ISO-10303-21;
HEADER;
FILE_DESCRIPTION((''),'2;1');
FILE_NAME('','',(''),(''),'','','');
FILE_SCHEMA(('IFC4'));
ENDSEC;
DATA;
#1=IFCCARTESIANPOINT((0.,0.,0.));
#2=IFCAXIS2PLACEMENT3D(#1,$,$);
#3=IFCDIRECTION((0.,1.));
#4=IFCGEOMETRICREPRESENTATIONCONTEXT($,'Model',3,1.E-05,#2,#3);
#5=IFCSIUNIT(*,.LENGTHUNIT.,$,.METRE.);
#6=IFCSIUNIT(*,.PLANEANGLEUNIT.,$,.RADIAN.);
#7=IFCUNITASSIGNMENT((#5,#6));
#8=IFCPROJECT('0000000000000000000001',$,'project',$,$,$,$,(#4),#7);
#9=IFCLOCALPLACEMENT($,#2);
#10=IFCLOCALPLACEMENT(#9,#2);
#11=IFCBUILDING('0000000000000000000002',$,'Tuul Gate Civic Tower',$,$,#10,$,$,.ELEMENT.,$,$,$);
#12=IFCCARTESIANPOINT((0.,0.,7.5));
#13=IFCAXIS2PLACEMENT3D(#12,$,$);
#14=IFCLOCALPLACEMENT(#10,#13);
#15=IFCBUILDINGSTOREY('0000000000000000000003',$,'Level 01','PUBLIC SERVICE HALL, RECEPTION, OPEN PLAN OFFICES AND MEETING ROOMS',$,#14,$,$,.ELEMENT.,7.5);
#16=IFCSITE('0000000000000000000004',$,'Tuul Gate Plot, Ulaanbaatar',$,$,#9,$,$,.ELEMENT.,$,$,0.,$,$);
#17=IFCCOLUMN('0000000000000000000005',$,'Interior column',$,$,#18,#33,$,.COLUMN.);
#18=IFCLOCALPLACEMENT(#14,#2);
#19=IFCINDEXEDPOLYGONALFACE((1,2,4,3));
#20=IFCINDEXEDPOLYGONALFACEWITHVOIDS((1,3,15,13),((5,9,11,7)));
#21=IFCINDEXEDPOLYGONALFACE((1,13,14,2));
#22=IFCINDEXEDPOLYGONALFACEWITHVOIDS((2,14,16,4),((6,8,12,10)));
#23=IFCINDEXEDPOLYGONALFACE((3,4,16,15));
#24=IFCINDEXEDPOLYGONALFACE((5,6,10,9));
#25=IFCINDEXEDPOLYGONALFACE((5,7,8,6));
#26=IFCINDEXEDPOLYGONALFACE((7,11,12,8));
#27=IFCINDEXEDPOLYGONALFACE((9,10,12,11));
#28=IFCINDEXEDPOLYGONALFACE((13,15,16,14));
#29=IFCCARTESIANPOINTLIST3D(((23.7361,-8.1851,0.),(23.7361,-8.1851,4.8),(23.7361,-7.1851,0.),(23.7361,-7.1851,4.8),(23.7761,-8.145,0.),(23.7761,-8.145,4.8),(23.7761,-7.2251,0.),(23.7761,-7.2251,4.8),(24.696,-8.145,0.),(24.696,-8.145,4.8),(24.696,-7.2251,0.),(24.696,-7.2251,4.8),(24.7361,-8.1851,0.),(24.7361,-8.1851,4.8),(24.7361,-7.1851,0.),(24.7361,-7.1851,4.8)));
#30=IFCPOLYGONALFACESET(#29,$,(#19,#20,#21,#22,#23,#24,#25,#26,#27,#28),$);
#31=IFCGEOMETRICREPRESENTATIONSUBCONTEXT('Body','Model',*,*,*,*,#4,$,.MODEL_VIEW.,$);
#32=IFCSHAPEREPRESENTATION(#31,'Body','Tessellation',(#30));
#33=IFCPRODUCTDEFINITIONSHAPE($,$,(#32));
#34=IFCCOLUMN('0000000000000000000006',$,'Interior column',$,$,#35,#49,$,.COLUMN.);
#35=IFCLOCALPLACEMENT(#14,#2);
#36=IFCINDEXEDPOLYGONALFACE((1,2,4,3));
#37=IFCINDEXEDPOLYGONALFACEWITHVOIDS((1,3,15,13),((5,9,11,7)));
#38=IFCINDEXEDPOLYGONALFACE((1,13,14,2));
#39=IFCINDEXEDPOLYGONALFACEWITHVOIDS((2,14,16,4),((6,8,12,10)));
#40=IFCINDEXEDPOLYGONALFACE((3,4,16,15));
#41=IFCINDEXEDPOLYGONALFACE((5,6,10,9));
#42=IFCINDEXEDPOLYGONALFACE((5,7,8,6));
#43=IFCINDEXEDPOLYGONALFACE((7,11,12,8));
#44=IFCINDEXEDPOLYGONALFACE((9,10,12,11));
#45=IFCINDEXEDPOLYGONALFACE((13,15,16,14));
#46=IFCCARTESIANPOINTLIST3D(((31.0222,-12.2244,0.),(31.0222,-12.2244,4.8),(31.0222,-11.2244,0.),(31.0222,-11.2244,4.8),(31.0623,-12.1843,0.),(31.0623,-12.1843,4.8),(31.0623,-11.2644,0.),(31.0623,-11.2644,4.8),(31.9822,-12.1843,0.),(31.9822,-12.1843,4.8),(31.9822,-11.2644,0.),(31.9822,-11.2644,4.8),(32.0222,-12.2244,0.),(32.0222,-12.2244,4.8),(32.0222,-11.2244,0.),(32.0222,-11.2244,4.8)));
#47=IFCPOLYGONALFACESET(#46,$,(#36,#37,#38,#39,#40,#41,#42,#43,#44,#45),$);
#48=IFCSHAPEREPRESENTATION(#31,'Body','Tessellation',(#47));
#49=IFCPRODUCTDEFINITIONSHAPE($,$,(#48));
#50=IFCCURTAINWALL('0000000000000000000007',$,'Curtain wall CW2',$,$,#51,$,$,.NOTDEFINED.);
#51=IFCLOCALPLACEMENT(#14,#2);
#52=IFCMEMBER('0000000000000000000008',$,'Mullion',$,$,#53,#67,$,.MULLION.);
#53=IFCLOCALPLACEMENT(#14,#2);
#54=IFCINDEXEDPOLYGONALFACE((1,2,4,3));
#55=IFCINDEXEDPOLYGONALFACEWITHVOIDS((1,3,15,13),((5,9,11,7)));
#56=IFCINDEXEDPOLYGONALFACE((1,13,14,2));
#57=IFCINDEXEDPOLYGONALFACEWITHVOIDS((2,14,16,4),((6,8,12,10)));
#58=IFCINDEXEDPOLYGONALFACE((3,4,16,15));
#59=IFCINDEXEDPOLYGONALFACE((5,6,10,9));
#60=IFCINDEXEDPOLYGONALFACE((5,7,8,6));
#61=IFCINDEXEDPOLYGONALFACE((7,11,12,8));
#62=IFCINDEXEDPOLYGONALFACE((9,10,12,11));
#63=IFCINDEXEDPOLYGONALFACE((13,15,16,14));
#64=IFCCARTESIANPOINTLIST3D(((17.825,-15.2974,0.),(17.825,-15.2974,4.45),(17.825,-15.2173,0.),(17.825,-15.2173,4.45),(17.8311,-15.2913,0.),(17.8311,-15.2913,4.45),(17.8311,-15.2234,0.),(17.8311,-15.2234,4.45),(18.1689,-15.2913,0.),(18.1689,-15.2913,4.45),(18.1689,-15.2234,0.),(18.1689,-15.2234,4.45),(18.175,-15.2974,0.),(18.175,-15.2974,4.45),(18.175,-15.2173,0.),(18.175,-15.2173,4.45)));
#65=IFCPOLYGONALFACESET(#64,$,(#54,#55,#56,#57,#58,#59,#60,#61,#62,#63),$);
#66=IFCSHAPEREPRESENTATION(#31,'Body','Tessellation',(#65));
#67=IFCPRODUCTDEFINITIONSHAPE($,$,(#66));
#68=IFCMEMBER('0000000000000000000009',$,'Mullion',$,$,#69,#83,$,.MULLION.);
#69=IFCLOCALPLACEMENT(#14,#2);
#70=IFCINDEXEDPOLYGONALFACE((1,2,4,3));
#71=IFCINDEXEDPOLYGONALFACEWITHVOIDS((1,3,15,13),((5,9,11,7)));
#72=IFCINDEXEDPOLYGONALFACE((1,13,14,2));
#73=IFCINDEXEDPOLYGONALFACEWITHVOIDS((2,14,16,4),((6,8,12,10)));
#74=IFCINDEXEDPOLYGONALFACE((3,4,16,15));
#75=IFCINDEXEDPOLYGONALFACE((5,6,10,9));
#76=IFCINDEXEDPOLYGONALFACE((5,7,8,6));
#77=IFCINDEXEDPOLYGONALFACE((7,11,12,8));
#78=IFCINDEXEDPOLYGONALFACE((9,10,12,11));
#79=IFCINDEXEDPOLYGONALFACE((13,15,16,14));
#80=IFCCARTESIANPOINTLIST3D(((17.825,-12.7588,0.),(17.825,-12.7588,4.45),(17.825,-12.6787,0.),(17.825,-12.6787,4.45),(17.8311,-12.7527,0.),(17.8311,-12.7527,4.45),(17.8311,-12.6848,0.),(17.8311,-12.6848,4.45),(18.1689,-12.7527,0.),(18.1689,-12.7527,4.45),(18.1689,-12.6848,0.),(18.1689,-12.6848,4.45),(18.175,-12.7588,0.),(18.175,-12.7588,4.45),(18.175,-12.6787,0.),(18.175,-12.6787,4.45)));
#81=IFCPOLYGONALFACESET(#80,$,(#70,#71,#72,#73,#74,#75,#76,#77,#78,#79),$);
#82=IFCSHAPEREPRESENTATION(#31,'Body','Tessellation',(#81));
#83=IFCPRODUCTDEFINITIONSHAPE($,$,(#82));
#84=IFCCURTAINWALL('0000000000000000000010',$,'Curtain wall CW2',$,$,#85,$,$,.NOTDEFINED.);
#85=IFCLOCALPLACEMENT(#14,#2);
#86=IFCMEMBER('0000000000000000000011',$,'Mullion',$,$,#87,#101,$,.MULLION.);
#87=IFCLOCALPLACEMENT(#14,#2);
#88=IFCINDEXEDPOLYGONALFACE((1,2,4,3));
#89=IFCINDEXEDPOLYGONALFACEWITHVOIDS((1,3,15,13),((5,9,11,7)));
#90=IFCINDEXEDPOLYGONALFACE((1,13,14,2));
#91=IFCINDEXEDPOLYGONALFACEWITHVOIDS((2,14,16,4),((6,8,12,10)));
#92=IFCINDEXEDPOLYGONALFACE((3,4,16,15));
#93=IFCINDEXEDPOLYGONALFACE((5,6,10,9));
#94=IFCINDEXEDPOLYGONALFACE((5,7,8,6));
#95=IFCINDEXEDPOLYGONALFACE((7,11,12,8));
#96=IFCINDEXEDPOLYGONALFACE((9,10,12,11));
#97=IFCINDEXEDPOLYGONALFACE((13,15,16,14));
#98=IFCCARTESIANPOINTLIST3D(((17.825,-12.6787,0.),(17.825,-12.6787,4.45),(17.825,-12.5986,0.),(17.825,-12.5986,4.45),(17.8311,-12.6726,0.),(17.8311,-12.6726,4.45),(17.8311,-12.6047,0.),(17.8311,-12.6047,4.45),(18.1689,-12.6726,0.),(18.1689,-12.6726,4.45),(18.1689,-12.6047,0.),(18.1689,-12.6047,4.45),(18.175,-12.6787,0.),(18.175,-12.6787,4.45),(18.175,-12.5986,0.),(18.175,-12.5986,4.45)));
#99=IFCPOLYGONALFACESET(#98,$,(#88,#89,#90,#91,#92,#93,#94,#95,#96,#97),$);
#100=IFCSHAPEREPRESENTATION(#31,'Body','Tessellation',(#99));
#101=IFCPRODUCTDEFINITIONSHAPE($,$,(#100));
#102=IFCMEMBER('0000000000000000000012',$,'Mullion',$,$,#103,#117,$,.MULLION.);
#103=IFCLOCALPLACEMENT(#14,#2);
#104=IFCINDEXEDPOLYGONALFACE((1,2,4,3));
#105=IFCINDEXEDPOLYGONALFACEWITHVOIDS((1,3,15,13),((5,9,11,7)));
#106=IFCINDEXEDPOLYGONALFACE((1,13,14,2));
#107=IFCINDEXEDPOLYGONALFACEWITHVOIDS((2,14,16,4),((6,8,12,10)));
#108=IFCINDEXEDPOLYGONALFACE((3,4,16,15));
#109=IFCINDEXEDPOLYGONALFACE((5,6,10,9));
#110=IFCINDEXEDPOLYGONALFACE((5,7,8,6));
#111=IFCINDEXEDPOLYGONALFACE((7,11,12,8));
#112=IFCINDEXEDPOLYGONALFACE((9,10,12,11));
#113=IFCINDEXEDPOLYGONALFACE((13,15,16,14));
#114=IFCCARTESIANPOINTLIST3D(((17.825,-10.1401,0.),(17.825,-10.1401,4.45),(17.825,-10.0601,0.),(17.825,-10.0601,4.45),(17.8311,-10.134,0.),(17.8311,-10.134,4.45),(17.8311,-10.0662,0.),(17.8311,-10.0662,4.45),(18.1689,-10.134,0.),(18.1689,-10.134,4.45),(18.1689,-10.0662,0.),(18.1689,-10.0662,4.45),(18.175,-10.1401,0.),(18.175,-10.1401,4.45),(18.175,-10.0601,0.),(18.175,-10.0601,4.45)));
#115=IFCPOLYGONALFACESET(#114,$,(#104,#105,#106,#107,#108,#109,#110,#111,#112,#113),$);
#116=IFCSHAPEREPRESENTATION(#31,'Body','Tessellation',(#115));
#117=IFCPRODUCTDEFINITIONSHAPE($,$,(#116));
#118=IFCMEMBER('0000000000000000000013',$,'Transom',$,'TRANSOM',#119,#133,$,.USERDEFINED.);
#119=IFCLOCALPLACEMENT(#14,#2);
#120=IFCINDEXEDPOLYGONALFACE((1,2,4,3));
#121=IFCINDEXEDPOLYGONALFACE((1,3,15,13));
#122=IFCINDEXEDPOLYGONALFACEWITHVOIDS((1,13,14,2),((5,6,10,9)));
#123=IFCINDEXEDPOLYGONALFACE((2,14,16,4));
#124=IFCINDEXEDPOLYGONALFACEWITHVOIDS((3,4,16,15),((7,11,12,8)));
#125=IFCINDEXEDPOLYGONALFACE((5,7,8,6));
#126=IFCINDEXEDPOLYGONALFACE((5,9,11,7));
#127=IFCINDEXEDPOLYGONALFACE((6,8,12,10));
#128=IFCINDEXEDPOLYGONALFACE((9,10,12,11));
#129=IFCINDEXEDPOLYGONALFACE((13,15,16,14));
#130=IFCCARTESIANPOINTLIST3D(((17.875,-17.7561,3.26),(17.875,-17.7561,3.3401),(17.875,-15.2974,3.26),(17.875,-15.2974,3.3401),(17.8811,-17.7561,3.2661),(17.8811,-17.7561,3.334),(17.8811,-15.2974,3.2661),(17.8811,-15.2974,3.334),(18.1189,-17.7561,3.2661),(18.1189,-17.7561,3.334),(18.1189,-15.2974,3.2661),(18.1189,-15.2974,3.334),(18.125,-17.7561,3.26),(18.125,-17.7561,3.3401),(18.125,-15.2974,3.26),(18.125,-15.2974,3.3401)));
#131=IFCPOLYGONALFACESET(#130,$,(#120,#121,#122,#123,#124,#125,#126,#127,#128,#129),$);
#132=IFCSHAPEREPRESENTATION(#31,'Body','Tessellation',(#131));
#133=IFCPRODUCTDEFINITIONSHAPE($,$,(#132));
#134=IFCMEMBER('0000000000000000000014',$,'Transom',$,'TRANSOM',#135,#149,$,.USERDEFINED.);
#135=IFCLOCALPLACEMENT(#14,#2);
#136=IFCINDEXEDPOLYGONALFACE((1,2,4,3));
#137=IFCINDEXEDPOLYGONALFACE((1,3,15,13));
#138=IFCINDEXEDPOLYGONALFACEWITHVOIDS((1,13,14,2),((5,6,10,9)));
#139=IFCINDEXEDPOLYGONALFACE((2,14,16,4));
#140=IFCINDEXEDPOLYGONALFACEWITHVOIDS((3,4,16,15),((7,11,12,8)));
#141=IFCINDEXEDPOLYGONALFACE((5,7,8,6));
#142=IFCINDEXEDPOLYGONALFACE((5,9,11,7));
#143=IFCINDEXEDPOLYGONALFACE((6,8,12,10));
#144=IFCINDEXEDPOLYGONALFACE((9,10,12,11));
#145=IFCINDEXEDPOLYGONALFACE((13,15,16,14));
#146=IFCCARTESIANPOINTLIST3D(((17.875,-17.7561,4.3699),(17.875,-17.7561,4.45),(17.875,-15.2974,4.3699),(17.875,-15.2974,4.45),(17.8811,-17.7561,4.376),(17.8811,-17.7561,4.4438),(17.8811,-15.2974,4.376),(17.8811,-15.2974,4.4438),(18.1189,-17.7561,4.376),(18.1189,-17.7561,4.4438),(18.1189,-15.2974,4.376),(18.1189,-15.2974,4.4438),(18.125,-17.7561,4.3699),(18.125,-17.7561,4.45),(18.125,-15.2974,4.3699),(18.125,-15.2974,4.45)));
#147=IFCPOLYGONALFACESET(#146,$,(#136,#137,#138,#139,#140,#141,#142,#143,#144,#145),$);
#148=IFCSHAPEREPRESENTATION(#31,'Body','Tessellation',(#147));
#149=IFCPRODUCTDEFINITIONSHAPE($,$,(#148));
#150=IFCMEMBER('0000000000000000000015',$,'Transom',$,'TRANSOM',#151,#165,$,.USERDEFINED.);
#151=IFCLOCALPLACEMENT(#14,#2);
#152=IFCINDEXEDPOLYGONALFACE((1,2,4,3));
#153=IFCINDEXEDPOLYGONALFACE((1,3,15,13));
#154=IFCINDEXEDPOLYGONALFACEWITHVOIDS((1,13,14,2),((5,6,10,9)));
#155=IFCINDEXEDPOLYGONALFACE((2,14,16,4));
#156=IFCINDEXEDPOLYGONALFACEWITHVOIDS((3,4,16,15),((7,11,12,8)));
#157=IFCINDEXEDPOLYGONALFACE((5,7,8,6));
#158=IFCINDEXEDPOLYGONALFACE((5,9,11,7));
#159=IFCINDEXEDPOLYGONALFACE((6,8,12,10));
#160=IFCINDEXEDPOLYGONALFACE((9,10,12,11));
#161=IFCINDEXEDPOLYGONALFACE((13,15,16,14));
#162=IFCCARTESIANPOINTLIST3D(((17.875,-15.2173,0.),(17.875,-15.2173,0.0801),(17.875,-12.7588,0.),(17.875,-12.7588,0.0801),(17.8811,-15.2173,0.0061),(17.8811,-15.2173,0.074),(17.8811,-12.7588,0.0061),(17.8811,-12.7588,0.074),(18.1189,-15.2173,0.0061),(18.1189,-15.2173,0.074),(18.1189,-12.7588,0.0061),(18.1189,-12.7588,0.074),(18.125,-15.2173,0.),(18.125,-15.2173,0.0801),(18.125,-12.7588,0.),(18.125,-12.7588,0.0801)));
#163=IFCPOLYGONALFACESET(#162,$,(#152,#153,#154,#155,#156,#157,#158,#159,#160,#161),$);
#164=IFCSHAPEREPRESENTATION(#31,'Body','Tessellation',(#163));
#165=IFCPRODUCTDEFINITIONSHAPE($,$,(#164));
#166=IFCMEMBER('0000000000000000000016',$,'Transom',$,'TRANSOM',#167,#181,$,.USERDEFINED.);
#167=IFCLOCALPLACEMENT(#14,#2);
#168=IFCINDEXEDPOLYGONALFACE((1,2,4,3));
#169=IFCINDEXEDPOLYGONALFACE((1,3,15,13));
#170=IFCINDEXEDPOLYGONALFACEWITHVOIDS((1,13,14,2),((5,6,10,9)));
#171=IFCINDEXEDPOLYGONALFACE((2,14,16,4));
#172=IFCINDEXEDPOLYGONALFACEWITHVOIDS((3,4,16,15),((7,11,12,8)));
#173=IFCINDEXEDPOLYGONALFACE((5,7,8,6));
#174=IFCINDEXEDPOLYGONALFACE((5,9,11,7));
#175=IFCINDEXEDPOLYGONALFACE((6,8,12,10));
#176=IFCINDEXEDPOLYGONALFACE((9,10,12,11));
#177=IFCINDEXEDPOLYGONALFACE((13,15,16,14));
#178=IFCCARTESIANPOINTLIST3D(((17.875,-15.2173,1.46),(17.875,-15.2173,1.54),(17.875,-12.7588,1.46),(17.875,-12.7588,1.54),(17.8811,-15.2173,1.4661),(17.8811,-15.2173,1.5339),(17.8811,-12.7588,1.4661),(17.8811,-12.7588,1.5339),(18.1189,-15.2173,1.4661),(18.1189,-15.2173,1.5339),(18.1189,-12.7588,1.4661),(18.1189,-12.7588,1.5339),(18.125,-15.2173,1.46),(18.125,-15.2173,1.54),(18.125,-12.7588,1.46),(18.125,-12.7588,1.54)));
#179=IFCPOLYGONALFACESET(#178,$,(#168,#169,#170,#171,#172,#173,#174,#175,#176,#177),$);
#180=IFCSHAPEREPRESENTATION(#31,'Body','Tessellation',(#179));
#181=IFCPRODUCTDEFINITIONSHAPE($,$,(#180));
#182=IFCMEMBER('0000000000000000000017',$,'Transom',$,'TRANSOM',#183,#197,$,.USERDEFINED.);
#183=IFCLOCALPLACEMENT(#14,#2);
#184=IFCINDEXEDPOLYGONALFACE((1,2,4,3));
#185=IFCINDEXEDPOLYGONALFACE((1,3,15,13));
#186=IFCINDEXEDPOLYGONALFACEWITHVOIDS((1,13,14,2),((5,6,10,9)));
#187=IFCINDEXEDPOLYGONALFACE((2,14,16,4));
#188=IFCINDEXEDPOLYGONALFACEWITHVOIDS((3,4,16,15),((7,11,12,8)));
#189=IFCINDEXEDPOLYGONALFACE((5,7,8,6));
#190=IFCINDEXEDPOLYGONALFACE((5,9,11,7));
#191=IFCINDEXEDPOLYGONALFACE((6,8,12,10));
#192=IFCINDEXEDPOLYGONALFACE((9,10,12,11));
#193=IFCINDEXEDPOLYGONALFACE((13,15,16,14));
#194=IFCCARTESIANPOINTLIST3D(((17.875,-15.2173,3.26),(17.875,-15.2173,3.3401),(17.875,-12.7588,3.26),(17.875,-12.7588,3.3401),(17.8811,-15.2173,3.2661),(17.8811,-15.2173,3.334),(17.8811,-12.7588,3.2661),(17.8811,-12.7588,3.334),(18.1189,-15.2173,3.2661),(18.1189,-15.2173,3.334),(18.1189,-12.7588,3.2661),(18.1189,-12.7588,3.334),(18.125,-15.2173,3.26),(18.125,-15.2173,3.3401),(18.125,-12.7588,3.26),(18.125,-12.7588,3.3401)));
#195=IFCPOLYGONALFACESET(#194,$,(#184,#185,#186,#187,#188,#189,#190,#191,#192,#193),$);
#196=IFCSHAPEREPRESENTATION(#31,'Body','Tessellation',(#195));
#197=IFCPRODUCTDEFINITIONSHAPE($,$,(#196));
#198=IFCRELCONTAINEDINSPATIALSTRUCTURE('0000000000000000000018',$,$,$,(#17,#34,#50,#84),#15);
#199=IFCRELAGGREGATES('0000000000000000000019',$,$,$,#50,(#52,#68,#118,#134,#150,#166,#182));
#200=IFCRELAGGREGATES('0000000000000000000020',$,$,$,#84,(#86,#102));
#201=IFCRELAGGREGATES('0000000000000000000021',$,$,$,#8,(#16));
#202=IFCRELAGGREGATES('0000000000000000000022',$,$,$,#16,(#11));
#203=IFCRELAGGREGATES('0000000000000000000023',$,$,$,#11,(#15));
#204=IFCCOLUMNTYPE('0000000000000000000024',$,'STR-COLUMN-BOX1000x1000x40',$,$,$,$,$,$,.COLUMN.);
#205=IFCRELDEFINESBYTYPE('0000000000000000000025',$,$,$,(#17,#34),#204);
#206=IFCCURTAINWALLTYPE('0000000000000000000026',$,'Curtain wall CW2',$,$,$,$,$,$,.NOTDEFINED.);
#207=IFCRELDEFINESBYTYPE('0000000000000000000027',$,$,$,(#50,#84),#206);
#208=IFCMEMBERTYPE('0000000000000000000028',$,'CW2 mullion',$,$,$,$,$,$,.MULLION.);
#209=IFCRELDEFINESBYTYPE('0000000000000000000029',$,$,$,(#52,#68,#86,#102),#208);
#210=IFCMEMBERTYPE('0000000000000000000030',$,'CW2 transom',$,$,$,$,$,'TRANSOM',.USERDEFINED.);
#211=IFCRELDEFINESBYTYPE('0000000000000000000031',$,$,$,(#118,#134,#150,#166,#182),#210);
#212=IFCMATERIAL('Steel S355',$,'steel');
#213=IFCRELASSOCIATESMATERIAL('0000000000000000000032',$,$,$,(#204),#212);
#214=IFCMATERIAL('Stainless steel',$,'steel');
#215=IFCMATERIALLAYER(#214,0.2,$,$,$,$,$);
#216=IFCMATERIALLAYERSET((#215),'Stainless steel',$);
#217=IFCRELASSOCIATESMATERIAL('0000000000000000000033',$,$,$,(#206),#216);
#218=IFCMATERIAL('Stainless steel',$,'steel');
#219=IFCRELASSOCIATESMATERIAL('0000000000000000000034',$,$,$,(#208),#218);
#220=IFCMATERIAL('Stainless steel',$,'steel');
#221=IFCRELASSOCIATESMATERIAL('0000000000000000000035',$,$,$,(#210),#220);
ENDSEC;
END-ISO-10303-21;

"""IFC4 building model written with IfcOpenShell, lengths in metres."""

from ifc_helpers import new_model, si_unit, direction, frame, origin, origin_2d, place, context, subcontext, project, spatial, hollow_rectangle, extrude, material, layer, layer_set, material_profile, profile_set, type_object, element, aggregate, save


model = new_model("IFC4")

# Units and contexts
model_context = context("Model", 3, precision=1e-05, world=origin(), true_north=direction((0.0, 1.0)))
body_context = subcontext(model_context, "Body", "Model", "MODEL_VIEW")
ifc_project = project(units=[si_unit("LENGTHUNIT", "METRE"), si_unit("PLANEANGLEUNIT", "RADIAN")], contexts=[model_context])

# Site, building, storey
site_placement = place(None, origin())
site = spatial("IfcSite", under=ifc_project, at=site_placement, Name="Tuul Gate Plot, Ulaanbaatar", CompositionType="ELEMENT", RefElevation=0.0)
building_placement = place(site_placement, origin())
building = spatial("IfcBuilding", under=site, at=building_placement, Name="Tuul Gate Civic Tower", CompositionType="ELEMENT")
storey_placement = place(building_placement, frame((0.0, 0.0, 7.5)))
storey = spatial("IfcBuildingStorey", under=building, at=storey_placement, Name="Level 01", Description="PUBLIC SERVICE HALL, RECEPTION, OPEN PLAN OFFICES AND MEETING ROOMS", CompositionType="ELEMENT", Elevation=7.5)

# Columns
ifc_material_1 = material(Name="Steel S355", Category="steel")
ifc_material_profile_1 = material_profile(ifc_material_1, hollow_rectangle(XDim=1.0, YDim=1.0, WallThickness=0.04, at=origin_2d()), Name="BOX1000x1000x40")
ifc_profile_set_1 = profile_set([ifc_material_profile_1], Name="Steel S355")
column_type = type_object("IfcColumnType", Name="STR-COLUMN-BOX1000x1000x40", PredefinedType="COLUMN", material=ifc_profile_set_1)
for number, where, z_axis, x_axis, name in (
    (1, (24.2361, -7.6851, 0.0), (0.0, 0.0, 1.0), (1.0, 0.0, 0.0), "Interior column"),
    (2, (31.5222, -11.7244, 0.0), (0.0, 0.0, 1.0), (1.0, 0.0, 0.0), "Interior column"),
):
    element("IfcColumn", number, at=place(storey_placement, frame(where, z_axis=z_axis, x_axis=x_axis)), inside=storey, type_object=column_type, Name=name, PredefinedType="COLUMN", context=body_context, shape_type="SweptSolid", body=[
        extrude(hollow_rectangle(XDim=1.0, YDim=1.0, WallThickness=0.04, at=origin_2d()), origin(), (0.0, 0.0, 1.0), 4.8),
    ])

# Curtain walls, members
ifc_material_2 = material(Name="Stainless steel", Category="steel")
ifc_layer_1 = layer(ifc_material_2, 0.2)
ifc_layer_set_1 = layer_set([ifc_layer_1], Name="Stainless steel")
curtain_wall_type = type_object("IfcCurtainWallType", Name="Curtain wall CW2", PredefinedType="NOTDEFINED", material=ifc_layer_set_1)
curtain_wall_1_placement = place(storey_placement, origin())
curtain_wall_1 = element("IfcCurtainWall", 3, at=curtain_wall_1_placement, inside=storey, type_object=curtain_wall_type, Name="Curtain wall CW2", PredefinedType="NOTDEFINED")
ifc_material_3 = material(Name="Stainless steel", Category="steel")
ifc_material_profile_2 = material_profile(ifc_material_3, hollow_rectangle(XDim=0.3501, YDim=0.0801, WallThickness=0.0061, at=origin_2d()), Name="CW2 mullion")
ifc_profile_set_2 = profile_set([ifc_material_profile_2], Name="Stainless steel")
member_type_1 = type_object("IfcMemberType", Name="CW2 mullion", PredefinedType="MULLION", material=ifc_profile_set_2)
member_1_placement = place(storey_placement, frame((18.0, -15.2573, 0.0), z_axis=(0.0, 0.0, 1.0), x_axis=(-1.0, 0.0, 0.0)))
member_1 = element("IfcMember", 4, at=member_1_placement, type_object=member_type_1, Name="Mullion", PredefinedType="MULLION", context=body_context, shape_type="SweptSolid", body=[
    extrude(hollow_rectangle(XDim=0.3501, YDim=0.0801, WallThickness=0.0061, at=origin_2d()), origin(), (0.0, 0.0, 1.0), 4.45),
])
member_2_placement = place(storey_placement, frame((18.0, -12.7188, 0.0), z_axis=(0.0, 0.0, 1.0), x_axis=(-1.0, 0.0, 0.0)))
member_2 = element("IfcMember", 5, at=member_2_placement, type_object=member_type_1, Name="Mullion", PredefinedType="MULLION", context=body_context, shape_type="SweptSolid", body=[
    extrude(hollow_rectangle(XDim=0.3501, YDim=0.0801, WallThickness=0.0061, at=origin_2d()), origin(), (0.0, 0.0, 1.0), 4.45),
])
curtain_wall_2_placement = place(storey_placement, origin())
curtain_wall_2 = element("IfcCurtainWall", 6, at=curtain_wall_2_placement, inside=storey, type_object=curtain_wall_type, Name="Curtain wall CW2", PredefinedType="NOTDEFINED")
member_3_placement = place(storey_placement, frame((18.0, -12.6387, 0.0), z_axis=(0.0, 0.0, 1.0), x_axis=(-1.0, 0.0, 0.0)))
member_3 = element("IfcMember", 7, at=member_3_placement, type_object=member_type_1, Name="Mullion", PredefinedType="MULLION", context=body_context, shape_type="SweptSolid", body=[
    extrude(hollow_rectangle(XDim=0.3501, YDim=0.0801, WallThickness=0.0061, at=origin_2d()), origin(), (0.0, 0.0, 1.0), 4.45),
])
member_4_placement = place(storey_placement, frame((18.0, -10.1001, 0.0), z_axis=(0.0, 0.0, 1.0), x_axis=(-1.0, 0.0, 0.0)))
member_4 = element("IfcMember", 8, at=member_4_placement, type_object=member_type_1, Name="Mullion", PredefinedType="MULLION", context=body_context, shape_type="SweptSolid", body=[
    extrude(hollow_rectangle(XDim=0.3501, YDim=0.0801, WallThickness=0.0061, at=origin_2d()), origin(), (0.0, 0.0, 1.0), 4.45),
])

# Members
ifc_material_4 = material(Name="Stainless steel", Category="steel")
ifc_material_profile_3 = material_profile(ifc_material_4, hollow_rectangle(XDim=0.25, YDim=0.0801, WallThickness=0.0061, at=origin_2d()), Name="CW2 transom")
ifc_profile_set_3 = profile_set([ifc_material_profile_3], Name="Stainless steel")
member_type_2 = type_object("IfcMemberType", Name="CW2 transom", ElementType="TRANSOM", PredefinedType="USERDEFINED", material=ifc_profile_set_3)
member_5_placement = place(storey_placement, frame((18.0, -17.7561, 3.3), z_axis=(0.0, 1.0, 0.0), x_axis=(-1.0, 0.0, 0.0)))
member_5 = element("IfcMember", 9, at=member_5_placement, type_object=member_type_2, Name="Transom", ObjectType="TRANSOM", PredefinedType="USERDEFINED", context=body_context, shape_type="SweptSolid", body=[
    extrude(hollow_rectangle(XDim=0.25, YDim=0.0801, WallThickness=0.0061, at=origin_2d()), origin(), (0.0, 0.0, 1.0), 2.4587),
])
member_6_placement = place(storey_placement, frame((18.0, -17.7561, 4.4099), z_axis=(0.0, 1.0, 0.0), x_axis=(-1.0, 0.0, 0.0)))
member_6 = element("IfcMember", 10, at=member_6_placement, type_object=member_type_2, Name="Transom", ObjectType="TRANSOM", PredefinedType="USERDEFINED", context=body_context, shape_type="SweptSolid", body=[
    extrude(hollow_rectangle(XDim=0.25, YDim=0.0801, WallThickness=0.0061, at=origin_2d()), origin(), (0.0, 0.0, 1.0), 2.4587),
])
member_7_placement = place(storey_placement, frame((18.0, -15.2173, 0.04), z_axis=(0.0, 1.0, 0.0), x_axis=(-1.0, 0.0, 0.0)))
member_7 = element("IfcMember", 11, at=member_7_placement, type_object=member_type_2, Name="Transom", ObjectType="TRANSOM", PredefinedType="USERDEFINED", context=body_context, shape_type="SweptSolid", body=[
    extrude(hollow_rectangle(XDim=0.25, YDim=0.0801, WallThickness=0.0061, at=origin_2d()), origin(), (0.0, 0.0, 1.0), 2.4585),
])
member_8_placement = place(storey_placement, frame((18.0, -15.2173, 1.5), z_axis=(0.0, 1.0, 0.0), x_axis=(-1.0, 0.0, 0.0)))
member_8 = element("IfcMember", 12, at=member_8_placement, type_object=member_type_2, Name="Transom", ObjectType="TRANSOM", PredefinedType="USERDEFINED", context=body_context, shape_type="SweptSolid", body=[
    extrude(hollow_rectangle(XDim=0.25, YDim=0.0801, WallThickness=0.0061, at=origin_2d()), origin(), (0.0, 0.0, 1.0), 2.4585),
])
member_9_placement = place(storey_placement, frame((18.0, -15.2173, 3.3), z_axis=(0.0, 1.0, 0.0), x_axis=(-1.0, 0.0, 0.0)))
member_9 = element("IfcMember", 13, at=member_9_placement, type_object=member_type_2, Name="Transom", ObjectType="TRANSOM", PredefinedType="USERDEFINED", context=body_context, shape_type="SweptSolid", body=[
    extrude(hollow_rectangle(XDim=0.25, YDim=0.0801, WallThickness=0.0061, at=origin_2d()), origin(), (0.0, 0.0, 1.0), 2.4585),
])

aggregate(curtain_wall_1, [member_1, member_2, member_5, member_6, member_7, member_8, member_9])
aggregate(curtain_wall_2, [member_3, member_4])

save(model, "model.ifc")
